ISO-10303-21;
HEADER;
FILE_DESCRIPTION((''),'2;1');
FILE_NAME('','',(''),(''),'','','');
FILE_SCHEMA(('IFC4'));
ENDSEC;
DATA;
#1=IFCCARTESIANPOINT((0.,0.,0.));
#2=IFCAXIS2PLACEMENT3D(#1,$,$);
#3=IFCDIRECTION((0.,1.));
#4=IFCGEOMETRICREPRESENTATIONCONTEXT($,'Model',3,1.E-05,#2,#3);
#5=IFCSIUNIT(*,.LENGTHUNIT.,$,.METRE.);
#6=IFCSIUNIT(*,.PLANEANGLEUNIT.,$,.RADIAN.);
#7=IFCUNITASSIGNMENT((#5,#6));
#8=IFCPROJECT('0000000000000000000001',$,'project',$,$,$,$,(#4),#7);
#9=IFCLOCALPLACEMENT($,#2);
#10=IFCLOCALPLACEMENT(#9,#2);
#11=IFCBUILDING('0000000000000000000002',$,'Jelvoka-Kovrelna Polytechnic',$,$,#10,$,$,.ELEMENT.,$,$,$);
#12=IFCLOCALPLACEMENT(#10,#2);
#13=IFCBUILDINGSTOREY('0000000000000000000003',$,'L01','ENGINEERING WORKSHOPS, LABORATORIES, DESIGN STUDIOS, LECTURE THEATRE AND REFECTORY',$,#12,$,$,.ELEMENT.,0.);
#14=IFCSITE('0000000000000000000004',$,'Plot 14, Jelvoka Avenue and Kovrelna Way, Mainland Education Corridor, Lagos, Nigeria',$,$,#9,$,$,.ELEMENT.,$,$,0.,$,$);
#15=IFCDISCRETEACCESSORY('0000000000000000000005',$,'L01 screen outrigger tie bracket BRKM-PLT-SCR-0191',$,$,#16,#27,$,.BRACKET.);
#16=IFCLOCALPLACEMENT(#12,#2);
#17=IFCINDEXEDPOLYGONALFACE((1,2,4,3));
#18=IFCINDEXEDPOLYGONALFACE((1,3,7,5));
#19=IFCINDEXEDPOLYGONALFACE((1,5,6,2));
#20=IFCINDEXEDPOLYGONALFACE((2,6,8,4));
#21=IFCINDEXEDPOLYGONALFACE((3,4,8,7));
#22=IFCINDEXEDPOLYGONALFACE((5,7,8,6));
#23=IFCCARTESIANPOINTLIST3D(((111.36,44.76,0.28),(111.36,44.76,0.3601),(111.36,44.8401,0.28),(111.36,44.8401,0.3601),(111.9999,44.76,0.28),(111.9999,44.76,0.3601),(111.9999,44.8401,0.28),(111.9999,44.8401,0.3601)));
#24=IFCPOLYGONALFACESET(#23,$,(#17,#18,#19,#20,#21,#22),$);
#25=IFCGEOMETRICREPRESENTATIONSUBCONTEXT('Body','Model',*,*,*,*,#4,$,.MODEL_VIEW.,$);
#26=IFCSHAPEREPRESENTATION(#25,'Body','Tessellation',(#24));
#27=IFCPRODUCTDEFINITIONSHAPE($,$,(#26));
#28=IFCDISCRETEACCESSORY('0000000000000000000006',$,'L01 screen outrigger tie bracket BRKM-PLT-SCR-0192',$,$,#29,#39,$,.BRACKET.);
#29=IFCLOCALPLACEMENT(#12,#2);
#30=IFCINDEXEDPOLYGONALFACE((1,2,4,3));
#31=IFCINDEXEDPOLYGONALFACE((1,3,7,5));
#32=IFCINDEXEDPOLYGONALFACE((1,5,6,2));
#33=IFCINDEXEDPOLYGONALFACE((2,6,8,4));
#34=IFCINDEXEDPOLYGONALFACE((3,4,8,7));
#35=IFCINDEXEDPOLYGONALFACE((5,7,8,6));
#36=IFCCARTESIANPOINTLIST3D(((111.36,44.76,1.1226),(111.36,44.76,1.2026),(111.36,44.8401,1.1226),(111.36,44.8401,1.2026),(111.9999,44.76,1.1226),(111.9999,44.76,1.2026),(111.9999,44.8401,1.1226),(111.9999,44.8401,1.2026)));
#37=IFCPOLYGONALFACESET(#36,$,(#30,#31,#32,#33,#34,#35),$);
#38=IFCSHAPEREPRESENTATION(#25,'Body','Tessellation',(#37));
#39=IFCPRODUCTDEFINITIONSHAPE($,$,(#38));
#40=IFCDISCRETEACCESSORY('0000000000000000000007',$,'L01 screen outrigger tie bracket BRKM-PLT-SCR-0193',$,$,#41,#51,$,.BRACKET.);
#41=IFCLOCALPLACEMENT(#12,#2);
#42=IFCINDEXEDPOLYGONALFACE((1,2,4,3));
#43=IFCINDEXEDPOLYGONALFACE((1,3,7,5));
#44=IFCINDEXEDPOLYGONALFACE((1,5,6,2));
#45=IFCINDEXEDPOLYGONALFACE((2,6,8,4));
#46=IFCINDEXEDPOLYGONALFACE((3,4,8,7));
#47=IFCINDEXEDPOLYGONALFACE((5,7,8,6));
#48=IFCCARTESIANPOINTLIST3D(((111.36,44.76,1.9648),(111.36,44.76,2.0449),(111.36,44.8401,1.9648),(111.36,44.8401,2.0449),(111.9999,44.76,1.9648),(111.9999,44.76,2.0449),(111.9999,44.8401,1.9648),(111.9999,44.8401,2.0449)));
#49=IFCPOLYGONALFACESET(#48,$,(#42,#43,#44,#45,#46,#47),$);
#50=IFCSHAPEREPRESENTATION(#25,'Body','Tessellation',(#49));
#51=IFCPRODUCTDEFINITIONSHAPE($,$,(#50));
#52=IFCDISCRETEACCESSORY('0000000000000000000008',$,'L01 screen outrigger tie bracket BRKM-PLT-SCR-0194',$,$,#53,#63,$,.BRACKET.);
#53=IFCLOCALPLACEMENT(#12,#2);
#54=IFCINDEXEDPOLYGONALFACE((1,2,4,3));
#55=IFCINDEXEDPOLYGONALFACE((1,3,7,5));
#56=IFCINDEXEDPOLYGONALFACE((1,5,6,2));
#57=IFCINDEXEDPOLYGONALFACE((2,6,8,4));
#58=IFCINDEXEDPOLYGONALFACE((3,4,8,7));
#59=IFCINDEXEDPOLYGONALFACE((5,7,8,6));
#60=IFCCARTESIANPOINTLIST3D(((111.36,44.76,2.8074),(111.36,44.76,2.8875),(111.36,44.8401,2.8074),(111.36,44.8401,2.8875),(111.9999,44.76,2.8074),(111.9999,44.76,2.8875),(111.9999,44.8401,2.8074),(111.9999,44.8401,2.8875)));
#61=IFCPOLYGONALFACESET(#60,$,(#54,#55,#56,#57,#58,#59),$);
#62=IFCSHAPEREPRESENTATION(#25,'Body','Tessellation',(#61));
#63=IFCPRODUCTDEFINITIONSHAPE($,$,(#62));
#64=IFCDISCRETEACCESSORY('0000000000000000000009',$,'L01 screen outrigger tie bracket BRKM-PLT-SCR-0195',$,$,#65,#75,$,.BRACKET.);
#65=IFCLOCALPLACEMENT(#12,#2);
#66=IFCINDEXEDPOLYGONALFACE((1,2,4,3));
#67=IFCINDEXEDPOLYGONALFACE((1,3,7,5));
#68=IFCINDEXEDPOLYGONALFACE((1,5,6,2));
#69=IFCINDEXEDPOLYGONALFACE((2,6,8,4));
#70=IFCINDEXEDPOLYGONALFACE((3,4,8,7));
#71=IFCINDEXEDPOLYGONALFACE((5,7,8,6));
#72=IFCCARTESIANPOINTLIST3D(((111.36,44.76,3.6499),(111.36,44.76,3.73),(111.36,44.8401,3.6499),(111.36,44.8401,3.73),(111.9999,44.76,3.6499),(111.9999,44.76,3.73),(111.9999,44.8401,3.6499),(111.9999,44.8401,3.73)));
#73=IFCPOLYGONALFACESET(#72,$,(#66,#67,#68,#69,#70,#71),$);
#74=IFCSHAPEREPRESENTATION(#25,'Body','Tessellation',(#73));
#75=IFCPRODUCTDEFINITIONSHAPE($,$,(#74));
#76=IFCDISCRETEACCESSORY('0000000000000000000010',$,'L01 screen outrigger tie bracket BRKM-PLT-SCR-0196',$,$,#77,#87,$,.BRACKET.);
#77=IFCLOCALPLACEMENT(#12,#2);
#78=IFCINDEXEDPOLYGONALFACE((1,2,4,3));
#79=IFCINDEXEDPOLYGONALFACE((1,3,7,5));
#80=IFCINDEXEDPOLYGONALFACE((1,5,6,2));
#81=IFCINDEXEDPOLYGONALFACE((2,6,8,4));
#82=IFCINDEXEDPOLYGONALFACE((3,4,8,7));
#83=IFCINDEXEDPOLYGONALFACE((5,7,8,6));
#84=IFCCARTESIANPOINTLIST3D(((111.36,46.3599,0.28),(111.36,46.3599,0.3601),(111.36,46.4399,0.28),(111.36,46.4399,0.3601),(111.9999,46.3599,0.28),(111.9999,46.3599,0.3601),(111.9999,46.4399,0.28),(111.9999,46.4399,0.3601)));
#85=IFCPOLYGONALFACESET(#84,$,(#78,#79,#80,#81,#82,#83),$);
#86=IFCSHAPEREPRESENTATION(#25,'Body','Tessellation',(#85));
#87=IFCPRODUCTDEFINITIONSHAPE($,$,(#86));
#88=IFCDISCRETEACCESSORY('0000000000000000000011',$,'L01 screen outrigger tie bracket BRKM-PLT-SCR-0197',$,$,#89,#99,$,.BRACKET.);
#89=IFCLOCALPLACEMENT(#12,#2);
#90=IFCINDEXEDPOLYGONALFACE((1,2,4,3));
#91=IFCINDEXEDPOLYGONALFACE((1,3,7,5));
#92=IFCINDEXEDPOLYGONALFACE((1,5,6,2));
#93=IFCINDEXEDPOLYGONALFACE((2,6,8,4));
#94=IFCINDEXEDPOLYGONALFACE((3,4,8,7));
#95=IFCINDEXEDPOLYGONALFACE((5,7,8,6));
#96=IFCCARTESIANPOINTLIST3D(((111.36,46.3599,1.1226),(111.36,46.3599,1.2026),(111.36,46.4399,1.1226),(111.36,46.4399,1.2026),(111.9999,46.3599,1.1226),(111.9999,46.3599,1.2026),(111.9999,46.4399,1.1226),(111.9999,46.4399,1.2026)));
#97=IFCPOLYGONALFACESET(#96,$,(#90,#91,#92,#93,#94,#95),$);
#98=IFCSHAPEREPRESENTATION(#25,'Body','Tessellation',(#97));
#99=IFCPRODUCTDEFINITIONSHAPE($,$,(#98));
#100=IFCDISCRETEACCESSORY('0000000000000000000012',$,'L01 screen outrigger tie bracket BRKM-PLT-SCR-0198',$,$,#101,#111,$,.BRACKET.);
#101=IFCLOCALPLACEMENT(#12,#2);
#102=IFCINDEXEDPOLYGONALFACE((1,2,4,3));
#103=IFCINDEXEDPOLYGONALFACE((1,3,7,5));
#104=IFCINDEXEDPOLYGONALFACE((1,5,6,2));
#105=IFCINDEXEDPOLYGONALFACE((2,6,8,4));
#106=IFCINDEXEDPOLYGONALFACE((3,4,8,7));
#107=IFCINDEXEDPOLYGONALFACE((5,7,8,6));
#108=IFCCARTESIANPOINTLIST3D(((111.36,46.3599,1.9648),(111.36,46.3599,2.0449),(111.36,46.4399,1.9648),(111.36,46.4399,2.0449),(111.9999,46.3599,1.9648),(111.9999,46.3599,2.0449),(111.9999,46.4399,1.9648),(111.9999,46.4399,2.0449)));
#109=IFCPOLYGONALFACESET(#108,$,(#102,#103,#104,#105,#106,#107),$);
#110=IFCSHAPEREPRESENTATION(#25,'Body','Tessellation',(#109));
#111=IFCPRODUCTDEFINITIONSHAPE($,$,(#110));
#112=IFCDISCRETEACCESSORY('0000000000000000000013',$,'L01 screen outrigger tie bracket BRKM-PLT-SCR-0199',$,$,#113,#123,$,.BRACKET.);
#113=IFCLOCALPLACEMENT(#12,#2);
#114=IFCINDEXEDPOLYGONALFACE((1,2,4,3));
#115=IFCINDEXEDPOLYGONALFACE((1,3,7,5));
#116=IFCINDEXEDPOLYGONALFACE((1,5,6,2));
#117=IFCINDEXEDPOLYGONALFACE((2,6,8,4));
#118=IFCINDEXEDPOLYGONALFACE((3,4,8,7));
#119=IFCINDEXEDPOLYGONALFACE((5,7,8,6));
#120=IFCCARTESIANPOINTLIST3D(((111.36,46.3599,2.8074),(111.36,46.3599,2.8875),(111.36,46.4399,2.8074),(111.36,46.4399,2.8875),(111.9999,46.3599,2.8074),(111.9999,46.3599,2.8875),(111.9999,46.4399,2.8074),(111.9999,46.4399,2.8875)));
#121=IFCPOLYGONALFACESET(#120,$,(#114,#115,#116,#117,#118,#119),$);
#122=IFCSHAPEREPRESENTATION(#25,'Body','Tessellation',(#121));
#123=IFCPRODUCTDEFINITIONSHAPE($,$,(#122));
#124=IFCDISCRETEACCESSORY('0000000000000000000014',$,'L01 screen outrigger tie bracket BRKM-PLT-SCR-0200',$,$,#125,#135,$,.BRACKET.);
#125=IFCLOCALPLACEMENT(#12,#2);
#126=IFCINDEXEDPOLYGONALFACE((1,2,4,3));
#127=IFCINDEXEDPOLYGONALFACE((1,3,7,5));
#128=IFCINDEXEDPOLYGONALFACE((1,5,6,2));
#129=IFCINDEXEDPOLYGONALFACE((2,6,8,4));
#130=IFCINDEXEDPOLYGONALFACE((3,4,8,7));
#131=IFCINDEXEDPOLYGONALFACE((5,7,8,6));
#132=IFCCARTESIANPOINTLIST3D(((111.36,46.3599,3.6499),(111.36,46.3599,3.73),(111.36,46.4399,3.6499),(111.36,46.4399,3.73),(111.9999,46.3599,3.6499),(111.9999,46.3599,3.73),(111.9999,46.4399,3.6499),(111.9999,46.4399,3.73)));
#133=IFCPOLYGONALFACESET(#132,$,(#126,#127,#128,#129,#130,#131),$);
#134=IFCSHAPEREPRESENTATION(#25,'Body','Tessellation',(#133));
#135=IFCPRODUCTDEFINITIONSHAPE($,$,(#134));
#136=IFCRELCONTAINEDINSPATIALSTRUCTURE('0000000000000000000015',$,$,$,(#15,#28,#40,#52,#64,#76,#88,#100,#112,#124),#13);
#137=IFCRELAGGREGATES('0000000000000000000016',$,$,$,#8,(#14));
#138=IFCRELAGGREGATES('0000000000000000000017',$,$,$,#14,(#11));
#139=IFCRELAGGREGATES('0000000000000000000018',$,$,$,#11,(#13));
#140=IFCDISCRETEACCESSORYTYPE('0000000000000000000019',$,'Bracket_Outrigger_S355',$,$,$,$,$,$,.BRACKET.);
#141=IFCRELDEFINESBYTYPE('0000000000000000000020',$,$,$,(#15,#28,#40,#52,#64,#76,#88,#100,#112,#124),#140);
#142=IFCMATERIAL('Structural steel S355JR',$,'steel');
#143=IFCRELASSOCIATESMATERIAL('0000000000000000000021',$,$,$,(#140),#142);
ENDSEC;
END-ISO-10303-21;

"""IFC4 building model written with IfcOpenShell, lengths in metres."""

from ifc_helpers import new_model, si_unit, direction, frame, origin, origin_2d, place, context, subcontext, project, spatial, rectangle, extrude, material, type_object, element, save


model = new_model("IFC4")

# Units and contexts
model_context = context("Model", 3, precision=1e-05, world=origin(), true_north=direction((0.0, 1.0)))
body_context = subcontext(model_context, "Body", "Model", "MODEL_VIEW")
ifc_project = project(units=[si_unit("LENGTHUNIT", "METRE"), si_unit("PLANEANGLEUNIT", "RADIAN")], contexts=[model_context])

# Site, building, storey
site_placement = place(None, origin())
site = spatial("IfcSite", under=ifc_project, at=site_placement, Name="Plot 14, Jelvoka Avenue and Kovrelna Way, Mainland Education Corridor, Lagos, Nigeria", CompositionType="ELEMENT", RefElevation=0.0)
building_placement = place(site_placement, origin())
building = spatial("IfcBuilding", under=site, at=building_placement, Name="Jelvoka-Kovrelna Polytechnic", CompositionType="ELEMENT")
storey_placement = place(building_placement, origin())
storey = spatial("IfcBuildingStorey", under=building, at=storey_placement, Name="L01", Description="ENGINEERING WORKSHOPS, LABORATORIES, DESIGN STUDIOS, LECTURE THEATRE AND REFECTORY", CompositionType="ELEMENT", Elevation=0.0)

# Discrete accessories
ifc_material_1 = material(Name="Structural steel S355JR", Category="steel")
discrete_accessory_type = type_object("IfcDiscreteAccessoryType", Name="Bracket_Outrigger_S355", PredefinedType="BRACKET", material=ifc_material_1)
for number, where, z_axis, x_axis, name in (
    (1, (111.6799, 44.8, 0.28), (0.0, 0.0, 1.0), (1.0, 0.0, 0.0), "L01 screen outrigger tie bracket BRKM-PLT-SCR-0191"),
    (2, (111.6799, 44.8, 1.1226), (0.0, 0.0, 1.0), (1.0, 0.0, 0.0), "L01 screen outrigger tie bracket BRKM-PLT-SCR-0192"),
    (3, (111.6799, 44.8, 1.9648), (0.0, 0.0, 1.0), (1.0, 0.0, 0.0), "L01 screen outrigger tie bracket BRKM-PLT-SCR-0193"),
    (4, (111.6799, 44.8, 2.8074), (0.0, 0.0, 1.0), (1.0, 0.0, 0.0), "L01 screen outrigger tie bracket BRKM-PLT-SCR-0194"),
    (5, (111.6799, 44.8, 3.6499), (0.0, 0.0, 1.0), (1.0, 0.0, 0.0), "L01 screen outrigger tie bracket BRKM-PLT-SCR-0195"),
    (6, (111.6799, 46.3999, 0.28), (0.0, 0.0, 1.0), (1.0, 0.0, 0.0), "L01 screen outrigger tie bracket BRKM-PLT-SCR-0196"),
    (7, (111.6799, 46.3999, 1.1226), (0.0, 0.0, 1.0), (1.0, 0.0, 0.0), "L01 screen outrigger tie bracket BRKM-PLT-SCR-0197"),
    (8, (111.6799, 46.3999, 1.9648), (0.0, 0.0, 1.0), (1.0, 0.0, 0.0), "L01 screen outrigger tie bracket BRKM-PLT-SCR-0198"),
    (9, (111.6799, 46.3999, 2.8074), (0.0, 0.0, 1.0), (1.0, 0.0, 0.0), "L01 screen outrigger tie bracket BRKM-PLT-SCR-0199"),
    (10, (111.6799, 46.3999, 3.6499), (0.0, 0.0, 1.0), (1.0, 0.0, 0.0), "L01 screen outrigger tie bracket BRKM-PLT-SCR-0200"),
):
    element("IfcDiscreteAccessory", number, at=place(storey_placement, frame(where, z_axis=z_axis, x_axis=x_axis)), inside=storey, type_object=discrete_accessory_type, Name=name, PredefinedType="BRACKET", context=body_context, shape_type="SweptSolid", body=[
        extrude(rectangle(XDim=0.6399, YDim=0.0801, at=origin_2d()), origin(), (0.0, 0.0, 1.0), 0.0801),
    ])

save(model, "model.ifc")
